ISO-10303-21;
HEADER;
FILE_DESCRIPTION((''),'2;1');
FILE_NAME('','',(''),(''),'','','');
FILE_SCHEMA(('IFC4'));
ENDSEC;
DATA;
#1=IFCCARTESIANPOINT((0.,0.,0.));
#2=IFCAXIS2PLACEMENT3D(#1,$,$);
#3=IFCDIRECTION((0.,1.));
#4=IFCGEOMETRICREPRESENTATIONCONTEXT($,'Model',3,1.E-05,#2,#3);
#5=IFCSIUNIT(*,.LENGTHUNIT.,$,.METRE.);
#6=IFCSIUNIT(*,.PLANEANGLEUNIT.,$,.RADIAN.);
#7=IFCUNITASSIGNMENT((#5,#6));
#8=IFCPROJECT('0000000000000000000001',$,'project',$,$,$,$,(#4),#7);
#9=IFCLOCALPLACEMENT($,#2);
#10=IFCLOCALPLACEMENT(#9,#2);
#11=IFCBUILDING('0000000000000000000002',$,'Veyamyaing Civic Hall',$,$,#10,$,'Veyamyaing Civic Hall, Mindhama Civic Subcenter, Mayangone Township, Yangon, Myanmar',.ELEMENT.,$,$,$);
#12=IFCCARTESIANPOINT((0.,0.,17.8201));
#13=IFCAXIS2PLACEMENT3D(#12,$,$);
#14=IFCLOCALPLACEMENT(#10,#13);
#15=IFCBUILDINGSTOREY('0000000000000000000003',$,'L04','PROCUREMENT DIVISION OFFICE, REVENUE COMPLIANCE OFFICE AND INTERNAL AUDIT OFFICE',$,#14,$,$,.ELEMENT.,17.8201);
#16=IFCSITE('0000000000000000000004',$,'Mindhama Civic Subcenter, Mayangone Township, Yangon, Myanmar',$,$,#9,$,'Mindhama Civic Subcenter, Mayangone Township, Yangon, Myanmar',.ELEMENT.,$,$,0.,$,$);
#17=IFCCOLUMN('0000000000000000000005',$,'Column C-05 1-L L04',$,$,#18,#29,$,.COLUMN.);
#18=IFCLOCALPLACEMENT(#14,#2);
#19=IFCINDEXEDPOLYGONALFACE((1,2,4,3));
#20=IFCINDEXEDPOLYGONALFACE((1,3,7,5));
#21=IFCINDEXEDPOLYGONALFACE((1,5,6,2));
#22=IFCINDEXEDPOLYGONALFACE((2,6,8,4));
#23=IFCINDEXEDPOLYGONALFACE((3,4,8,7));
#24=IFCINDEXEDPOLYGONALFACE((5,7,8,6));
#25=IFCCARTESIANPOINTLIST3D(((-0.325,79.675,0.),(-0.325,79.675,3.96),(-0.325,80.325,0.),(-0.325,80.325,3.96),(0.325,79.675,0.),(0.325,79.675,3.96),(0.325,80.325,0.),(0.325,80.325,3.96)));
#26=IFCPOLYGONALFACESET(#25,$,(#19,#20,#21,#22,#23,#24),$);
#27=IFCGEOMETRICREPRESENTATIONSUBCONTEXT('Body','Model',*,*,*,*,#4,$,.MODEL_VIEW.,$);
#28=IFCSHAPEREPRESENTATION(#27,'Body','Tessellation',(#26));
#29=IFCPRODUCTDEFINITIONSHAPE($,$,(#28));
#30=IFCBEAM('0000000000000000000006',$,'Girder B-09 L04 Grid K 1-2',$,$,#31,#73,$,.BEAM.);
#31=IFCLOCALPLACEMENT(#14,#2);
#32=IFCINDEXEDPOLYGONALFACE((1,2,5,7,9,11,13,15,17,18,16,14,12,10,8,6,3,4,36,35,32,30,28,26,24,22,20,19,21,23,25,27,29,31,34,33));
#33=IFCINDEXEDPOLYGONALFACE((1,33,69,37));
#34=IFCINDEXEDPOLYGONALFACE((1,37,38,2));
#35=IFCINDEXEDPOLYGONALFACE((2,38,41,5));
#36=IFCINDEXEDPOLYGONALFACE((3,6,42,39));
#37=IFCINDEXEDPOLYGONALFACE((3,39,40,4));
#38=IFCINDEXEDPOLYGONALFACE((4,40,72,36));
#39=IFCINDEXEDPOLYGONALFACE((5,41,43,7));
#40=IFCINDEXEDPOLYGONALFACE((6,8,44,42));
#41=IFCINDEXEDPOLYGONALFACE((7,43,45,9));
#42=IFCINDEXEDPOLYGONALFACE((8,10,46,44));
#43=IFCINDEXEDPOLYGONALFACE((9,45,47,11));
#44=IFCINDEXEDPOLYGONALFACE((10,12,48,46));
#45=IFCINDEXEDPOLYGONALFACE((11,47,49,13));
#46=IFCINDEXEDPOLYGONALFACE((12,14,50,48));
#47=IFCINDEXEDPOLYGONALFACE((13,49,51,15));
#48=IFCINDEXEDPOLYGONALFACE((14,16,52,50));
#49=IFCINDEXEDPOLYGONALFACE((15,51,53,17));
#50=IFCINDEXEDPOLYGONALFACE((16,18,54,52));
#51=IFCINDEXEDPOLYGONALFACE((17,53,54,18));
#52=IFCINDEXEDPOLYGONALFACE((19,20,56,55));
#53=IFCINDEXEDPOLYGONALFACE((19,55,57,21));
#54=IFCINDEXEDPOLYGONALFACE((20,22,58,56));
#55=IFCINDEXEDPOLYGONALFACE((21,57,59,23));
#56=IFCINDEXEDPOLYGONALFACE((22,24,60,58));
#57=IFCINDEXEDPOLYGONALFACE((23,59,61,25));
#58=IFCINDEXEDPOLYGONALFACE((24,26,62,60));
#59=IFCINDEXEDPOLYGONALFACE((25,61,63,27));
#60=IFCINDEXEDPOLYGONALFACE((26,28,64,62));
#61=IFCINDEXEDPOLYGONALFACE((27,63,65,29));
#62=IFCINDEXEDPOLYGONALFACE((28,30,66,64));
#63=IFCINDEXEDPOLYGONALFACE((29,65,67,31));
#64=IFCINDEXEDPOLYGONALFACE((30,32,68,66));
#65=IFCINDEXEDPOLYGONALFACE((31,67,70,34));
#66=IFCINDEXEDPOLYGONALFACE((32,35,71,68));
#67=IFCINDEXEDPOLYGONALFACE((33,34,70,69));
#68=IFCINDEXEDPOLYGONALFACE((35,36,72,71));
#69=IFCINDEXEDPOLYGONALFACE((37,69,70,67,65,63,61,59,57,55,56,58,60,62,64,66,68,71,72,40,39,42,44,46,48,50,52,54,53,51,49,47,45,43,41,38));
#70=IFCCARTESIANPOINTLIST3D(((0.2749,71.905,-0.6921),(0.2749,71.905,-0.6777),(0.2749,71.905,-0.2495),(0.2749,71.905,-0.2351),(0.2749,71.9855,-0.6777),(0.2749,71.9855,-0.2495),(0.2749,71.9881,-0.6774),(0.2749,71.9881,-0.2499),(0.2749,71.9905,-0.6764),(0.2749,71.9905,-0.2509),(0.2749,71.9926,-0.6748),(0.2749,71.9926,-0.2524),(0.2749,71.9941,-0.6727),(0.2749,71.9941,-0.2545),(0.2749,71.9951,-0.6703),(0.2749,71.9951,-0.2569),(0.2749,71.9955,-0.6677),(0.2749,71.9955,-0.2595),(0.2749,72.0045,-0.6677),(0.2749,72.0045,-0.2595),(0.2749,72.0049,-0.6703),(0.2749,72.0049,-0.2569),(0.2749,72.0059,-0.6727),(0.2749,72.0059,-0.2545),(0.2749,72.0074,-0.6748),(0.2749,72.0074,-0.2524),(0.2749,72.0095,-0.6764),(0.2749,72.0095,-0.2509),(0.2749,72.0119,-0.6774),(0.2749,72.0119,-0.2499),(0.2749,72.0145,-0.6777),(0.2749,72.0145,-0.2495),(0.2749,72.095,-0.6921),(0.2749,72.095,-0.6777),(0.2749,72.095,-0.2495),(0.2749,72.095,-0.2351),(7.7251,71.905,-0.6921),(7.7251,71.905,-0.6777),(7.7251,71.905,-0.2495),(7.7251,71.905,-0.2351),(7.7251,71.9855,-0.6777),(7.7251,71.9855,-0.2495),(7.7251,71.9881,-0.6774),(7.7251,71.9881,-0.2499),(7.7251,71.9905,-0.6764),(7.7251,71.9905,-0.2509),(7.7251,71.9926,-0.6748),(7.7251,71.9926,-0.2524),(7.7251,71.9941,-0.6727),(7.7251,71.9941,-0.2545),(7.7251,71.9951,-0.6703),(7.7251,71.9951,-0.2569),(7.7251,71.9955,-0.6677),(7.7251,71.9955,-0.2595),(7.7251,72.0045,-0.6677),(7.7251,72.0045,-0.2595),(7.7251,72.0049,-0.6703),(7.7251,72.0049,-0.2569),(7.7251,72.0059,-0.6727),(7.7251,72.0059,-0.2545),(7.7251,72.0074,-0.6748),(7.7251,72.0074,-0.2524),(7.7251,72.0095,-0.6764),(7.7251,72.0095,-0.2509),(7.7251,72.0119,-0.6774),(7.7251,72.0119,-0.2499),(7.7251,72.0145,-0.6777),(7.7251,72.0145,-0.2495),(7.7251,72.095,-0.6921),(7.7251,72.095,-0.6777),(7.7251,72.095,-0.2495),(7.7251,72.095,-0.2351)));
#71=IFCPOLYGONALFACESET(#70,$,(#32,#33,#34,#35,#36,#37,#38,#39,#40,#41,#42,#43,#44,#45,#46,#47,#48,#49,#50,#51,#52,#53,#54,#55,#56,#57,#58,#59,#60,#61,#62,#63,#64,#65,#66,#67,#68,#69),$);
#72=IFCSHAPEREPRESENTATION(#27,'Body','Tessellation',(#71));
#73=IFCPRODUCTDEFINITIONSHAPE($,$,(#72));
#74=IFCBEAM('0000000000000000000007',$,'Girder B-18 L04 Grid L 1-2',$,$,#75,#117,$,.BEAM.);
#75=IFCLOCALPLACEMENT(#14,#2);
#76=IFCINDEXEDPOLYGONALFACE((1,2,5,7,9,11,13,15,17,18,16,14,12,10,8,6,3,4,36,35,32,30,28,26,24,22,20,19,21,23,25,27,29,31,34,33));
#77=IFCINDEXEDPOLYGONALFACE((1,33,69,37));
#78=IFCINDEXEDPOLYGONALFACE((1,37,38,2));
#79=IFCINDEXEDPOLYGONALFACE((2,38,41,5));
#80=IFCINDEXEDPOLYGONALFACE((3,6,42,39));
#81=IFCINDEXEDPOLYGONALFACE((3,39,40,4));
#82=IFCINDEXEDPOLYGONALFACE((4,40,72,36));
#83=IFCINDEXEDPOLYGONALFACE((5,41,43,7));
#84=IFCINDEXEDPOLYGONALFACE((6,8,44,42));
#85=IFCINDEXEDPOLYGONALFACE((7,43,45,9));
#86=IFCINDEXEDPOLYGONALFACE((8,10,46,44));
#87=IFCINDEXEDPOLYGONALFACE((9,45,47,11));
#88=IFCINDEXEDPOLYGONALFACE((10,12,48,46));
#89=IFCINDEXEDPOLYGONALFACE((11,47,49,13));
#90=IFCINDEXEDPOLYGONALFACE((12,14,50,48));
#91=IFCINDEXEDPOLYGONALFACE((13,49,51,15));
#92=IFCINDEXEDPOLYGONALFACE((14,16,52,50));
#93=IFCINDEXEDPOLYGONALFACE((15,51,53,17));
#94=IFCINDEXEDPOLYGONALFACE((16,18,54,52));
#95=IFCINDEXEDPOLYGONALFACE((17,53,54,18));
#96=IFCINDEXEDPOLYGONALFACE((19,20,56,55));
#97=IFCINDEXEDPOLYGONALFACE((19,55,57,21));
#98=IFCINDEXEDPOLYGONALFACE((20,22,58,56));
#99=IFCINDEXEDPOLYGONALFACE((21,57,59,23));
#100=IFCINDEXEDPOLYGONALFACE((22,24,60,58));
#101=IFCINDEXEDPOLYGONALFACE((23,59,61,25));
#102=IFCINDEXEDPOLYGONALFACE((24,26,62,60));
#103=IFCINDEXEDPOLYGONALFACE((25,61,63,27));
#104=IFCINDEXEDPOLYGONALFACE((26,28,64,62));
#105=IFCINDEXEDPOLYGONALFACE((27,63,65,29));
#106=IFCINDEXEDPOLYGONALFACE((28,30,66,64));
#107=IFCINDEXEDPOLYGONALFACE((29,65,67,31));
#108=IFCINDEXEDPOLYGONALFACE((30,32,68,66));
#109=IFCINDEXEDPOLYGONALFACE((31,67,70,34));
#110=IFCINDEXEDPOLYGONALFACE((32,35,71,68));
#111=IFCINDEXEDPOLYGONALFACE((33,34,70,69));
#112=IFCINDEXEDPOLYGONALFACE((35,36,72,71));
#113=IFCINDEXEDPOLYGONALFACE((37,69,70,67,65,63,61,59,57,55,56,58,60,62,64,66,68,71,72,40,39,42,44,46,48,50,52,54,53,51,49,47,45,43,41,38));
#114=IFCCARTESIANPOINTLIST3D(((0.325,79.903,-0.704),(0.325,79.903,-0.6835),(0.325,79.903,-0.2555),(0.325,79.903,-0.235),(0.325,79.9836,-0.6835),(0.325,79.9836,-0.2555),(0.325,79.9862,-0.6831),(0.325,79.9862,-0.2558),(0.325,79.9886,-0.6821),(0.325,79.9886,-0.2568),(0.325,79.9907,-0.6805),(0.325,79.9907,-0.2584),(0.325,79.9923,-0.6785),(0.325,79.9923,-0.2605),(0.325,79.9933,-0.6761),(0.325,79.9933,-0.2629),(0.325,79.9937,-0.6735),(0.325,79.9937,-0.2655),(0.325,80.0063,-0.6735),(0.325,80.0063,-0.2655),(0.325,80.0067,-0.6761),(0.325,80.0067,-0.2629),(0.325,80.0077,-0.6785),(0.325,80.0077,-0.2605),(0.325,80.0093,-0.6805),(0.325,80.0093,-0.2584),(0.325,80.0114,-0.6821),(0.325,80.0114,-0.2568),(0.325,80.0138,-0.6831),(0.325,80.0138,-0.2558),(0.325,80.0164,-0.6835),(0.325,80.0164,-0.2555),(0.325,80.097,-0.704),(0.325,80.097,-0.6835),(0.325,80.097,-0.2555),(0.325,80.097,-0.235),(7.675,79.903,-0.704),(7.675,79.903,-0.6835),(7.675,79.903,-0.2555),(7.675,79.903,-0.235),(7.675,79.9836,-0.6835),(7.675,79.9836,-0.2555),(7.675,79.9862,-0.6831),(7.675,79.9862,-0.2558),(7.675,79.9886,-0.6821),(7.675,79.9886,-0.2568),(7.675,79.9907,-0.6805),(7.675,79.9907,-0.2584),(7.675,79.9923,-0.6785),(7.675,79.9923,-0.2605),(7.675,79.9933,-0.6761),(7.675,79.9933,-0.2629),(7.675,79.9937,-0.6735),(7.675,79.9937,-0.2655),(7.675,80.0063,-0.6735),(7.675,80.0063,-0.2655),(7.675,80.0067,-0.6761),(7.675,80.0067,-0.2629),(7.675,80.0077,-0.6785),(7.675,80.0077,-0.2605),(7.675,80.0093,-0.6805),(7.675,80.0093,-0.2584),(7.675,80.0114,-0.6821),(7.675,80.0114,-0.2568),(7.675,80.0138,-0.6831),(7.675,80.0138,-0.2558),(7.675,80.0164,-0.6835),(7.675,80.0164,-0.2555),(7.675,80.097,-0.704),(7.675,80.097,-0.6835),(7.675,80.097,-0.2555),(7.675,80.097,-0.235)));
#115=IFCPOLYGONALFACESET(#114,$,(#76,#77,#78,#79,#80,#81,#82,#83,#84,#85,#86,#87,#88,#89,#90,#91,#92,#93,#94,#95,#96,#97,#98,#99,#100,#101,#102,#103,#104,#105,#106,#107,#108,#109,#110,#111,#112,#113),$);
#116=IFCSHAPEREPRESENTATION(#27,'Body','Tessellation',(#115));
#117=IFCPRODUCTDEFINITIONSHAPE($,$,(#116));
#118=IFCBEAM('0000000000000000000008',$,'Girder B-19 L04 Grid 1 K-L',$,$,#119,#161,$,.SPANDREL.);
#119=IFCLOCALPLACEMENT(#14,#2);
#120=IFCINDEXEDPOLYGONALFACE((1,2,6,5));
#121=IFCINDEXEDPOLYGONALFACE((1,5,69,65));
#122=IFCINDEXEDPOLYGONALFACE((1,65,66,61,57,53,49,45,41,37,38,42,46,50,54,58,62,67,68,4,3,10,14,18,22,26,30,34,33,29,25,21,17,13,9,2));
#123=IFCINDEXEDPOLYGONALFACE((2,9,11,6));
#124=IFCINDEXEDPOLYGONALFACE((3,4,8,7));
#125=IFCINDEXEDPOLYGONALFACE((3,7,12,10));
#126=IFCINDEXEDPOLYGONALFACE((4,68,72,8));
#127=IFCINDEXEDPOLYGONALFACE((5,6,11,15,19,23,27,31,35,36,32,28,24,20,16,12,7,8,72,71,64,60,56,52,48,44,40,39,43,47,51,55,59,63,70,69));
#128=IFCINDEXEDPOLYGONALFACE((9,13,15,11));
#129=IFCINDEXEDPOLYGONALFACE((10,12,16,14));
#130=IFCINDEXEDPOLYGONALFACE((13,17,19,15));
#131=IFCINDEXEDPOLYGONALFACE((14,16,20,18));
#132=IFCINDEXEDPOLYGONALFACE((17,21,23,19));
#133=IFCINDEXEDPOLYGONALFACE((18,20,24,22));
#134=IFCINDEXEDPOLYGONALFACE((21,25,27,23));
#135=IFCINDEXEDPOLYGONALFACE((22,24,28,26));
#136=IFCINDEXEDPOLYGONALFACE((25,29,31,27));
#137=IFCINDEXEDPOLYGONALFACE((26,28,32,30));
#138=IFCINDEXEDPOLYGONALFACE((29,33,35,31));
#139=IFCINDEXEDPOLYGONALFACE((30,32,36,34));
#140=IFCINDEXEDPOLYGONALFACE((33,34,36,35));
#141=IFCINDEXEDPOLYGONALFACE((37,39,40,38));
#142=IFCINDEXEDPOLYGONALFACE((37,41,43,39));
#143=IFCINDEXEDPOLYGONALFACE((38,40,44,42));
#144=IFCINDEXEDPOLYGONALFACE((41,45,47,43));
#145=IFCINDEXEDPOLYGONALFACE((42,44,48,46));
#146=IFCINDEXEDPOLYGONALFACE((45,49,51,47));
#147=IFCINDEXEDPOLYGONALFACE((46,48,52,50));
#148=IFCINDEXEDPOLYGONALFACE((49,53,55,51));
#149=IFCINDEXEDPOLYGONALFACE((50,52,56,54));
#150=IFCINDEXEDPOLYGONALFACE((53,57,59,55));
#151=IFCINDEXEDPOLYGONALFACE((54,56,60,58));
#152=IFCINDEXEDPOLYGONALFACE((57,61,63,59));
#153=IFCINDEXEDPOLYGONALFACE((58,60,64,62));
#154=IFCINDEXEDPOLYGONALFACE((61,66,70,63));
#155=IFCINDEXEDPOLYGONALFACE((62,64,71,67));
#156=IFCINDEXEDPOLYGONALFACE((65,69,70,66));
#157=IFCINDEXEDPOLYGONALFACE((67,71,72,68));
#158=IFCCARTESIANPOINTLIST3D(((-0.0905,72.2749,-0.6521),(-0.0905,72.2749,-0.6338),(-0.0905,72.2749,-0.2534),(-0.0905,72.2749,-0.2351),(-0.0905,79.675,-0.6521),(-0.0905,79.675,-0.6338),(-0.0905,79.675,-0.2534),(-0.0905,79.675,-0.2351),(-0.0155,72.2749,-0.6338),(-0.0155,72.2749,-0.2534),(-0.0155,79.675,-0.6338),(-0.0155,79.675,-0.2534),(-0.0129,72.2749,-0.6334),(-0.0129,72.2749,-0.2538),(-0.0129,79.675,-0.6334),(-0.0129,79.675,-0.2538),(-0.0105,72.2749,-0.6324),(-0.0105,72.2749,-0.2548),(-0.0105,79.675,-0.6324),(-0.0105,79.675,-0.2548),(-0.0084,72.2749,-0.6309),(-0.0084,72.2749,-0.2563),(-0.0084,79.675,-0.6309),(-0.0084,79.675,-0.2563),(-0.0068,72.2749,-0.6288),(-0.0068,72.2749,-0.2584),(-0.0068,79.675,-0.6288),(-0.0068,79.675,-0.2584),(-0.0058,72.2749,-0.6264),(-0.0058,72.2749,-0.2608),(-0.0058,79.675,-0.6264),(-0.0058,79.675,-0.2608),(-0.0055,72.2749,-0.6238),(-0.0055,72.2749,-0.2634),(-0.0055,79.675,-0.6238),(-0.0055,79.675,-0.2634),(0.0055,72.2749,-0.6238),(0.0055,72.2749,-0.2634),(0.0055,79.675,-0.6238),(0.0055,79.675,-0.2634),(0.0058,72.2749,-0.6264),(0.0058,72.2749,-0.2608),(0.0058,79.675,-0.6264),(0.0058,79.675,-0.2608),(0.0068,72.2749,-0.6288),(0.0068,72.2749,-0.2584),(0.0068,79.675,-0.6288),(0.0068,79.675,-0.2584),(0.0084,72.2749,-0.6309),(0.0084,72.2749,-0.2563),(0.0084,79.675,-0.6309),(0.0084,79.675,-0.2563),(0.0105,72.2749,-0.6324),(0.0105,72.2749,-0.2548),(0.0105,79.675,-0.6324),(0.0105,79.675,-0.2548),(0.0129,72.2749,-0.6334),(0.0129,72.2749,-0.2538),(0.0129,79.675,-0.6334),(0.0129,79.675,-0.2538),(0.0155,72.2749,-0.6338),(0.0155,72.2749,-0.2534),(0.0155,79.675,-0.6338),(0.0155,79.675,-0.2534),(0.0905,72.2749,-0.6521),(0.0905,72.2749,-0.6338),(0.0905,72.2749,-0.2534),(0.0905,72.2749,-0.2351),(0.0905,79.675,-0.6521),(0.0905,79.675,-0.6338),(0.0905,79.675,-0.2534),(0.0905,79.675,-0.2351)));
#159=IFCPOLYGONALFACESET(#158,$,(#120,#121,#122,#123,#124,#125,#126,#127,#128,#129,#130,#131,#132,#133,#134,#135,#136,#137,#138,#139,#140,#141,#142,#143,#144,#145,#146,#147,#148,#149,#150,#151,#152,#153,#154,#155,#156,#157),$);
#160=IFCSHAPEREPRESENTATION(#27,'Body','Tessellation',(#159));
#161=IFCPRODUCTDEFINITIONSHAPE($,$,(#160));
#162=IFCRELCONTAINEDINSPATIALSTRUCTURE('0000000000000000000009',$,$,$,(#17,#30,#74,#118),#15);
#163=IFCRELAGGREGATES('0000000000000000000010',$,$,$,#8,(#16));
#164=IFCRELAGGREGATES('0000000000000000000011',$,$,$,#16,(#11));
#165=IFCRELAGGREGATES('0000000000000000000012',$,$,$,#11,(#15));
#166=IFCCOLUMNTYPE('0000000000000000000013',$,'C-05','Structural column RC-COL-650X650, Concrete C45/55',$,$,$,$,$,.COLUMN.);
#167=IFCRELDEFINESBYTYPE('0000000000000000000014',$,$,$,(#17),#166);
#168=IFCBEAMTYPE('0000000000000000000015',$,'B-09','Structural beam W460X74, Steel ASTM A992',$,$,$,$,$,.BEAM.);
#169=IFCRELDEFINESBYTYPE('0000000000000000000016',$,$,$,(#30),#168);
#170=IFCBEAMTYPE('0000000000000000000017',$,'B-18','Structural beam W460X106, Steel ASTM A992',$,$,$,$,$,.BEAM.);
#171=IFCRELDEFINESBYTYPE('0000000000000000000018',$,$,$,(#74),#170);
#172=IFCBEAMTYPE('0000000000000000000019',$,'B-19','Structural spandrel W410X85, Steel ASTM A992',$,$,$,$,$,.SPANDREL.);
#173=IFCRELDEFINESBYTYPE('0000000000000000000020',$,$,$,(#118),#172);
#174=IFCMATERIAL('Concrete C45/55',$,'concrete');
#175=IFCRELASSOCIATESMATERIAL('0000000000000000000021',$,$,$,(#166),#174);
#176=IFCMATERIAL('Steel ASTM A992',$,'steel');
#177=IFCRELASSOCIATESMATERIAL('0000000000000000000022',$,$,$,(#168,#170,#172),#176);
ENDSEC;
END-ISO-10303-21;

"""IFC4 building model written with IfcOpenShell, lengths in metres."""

from ifc_helpers import new_model, si_unit, direction, frame, origin, origin_2d, place, context, subcontext, project, spatial, rectangle, i_section, extrude, material, material_profile, profile_set, type_object, element, save


model = new_model("IFC4")

# Units and contexts
model_context = context("Model", 3, precision=1e-05, world=origin(), true_north=direction((0.0, 1.0)))
body_context = subcontext(model_context, "Body", "Model", "MODEL_VIEW")
ifc_project = project(units=[si_unit("LENGTHUNIT", "METRE"), si_unit("PLANEANGLEUNIT", "RADIAN")], contexts=[model_context])

# Site, building, storey
site_placement = place(None, origin())
site = spatial("IfcSite", under=ifc_project, at=site_placement, Name="Mindhama Civic Subcenter, Mayangone Township, Yangon, Myanmar", LongName="Mindhama Civic Subcenter, Mayangone Township, Yangon, Myanmar", CompositionType="ELEMENT", RefElevation=0.0)
building_placement = place(site_placement, origin())
building = spatial("IfcBuilding", under=site, at=building_placement, Name="Veyamyaing Civic Hall", LongName="Veyamyaing Civic Hall, Mindhama Civic Subcenter, Mayangone Township, Yangon, Myanmar", CompositionType="ELEMENT")
storey_placement = place(building_placement, frame((0.0, 0.0, 17.8201)))
storey = spatial("IfcBuildingStorey", under=building, at=storey_placement, Name="L04", Description="PROCUREMENT DIVISION OFFICE, REVENUE COMPLIANCE OFFICE AND INTERNAL AUDIT OFFICE", CompositionType="ELEMENT", Elevation=17.8201)

# Column
ifc_material_1 = material(Name="Concrete C45/55", Category="concrete")
ifc_material_profile_1 = material_profile(ifc_material_1, rectangle(XDim=0.6499, YDim=0.6499, at=origin_2d()), Name="RC-COL-650X650")
ifc_profile_set_1 = profile_set([ifc_material_profile_1], Name="Concrete C45/55")
column_type = type_object("IfcColumnType", Name="C-05", Description="Structural column RC-COL-650X650, Concrete C45/55", PredefinedType="COLUMN", material=ifc_profile_set_1)
column_placement = place(storey_placement, frame((0.0, 80.0, 0.0), z_axis=(0.0, 0.0, 1.0), x_axis=(1.0, 0.0, 0.0)))
element("IfcColumn", 1, at=column_placement, inside=storey, type_object=column_type, Name="Column C-05 1-L L04", PredefinedType="COLUMN", context=body_context, shape_type="SweptSolid", body=[
    extrude(rectangle(XDim=0.6499, YDim=0.6499, at=origin_2d()), origin(), (0.0, 0.0, 1.0), 3.96),
])

# Beams
ifc_material_2 = material(Name="Steel ASTM A992", Category="steel")
ifc_material_profile_2 = material_profile(ifc_material_2, i_section(OverallWidth=0.1899, OverallDepth=0.457, WebThickness=0.009, FlangeThickness=0.0144, FilletRadius=0.01, at=origin_2d()), Name="W460X74")
ifc_profile_set_2 = profile_set([ifc_material_profile_2], Name="Steel ASTM A992")
beam_type_1 = type_object("IfcBeamType", Name="B-09", Description="Structural beam W460X74, Steel ASTM A992", PredefinedType="BEAM", material=ifc_profile_set_2)
beam_1_placement = place(storey_placement, frame((0.2749, 72.0, -0.4636), z_axis=(1.0, 0.0, 0.0), x_axis=(0.0, 1.0, 0.0)))
element("IfcBeam", 2, at=beam_1_placement, inside=storey, type_object=beam_type_1, Name="Girder B-09 L04 Grid K 1-2", PredefinedType="BEAM", context=body_context, shape_type="SweptSolid", body=[
    extrude(i_section(OverallWidth=0.1899, OverallDepth=0.457, WebThickness=0.009, FlangeThickness=0.0144, FilletRadius=0.01, at=origin_2d()), origin(), (0.0, 0.0, 1.0), 7.4502),
])
ifc_material_profile_3 = material_profile(ifc_material_2, i_section(OverallWidth=0.1941, OverallDepth=0.469, WebThickness=0.0127, FlangeThickness=0.0205, FilletRadius=0.01, at=origin_2d()), Name="W460X106")
ifc_profile_set_3 = profile_set([ifc_material_profile_3], Name="Steel ASTM A992")
beam_type_2 = type_object("IfcBeamType", Name="B-18", Description="Structural beam W460X106, Steel ASTM A992", PredefinedType="BEAM", material=ifc_profile_set_3)
beam_2_placement = place(storey_placement, frame((0.325, 80.0, -0.4695), z_axis=(1.0, 0.0, 0.0), x_axis=(0.0, 1.0, 0.0)))
element("IfcBeam", 3, at=beam_2_placement, inside=storey, type_object=beam_type_2, Name="Girder B-18 L04 Grid L 1-2", PredefinedType="BEAM", context=body_context, shape_type="SweptSolid", body=[
    extrude(i_section(OverallWidth=0.1941, OverallDepth=0.469, WebThickness=0.0127, FlangeThickness=0.0205, FilletRadius=0.01, at=origin_2d()), origin(), (0.0, 0.0, 1.0), 7.3501),
])
ifc_material_profile_4 = material_profile(ifc_material_2, i_section(OverallWidth=0.1809, OverallDepth=0.417, WebThickness=0.011, FlangeThickness=0.0183, FilletRadius=0.01, at=origin_2d()), Name="W410X85")
ifc_profile_set_4 = profile_set([ifc_material_profile_4], Name="Steel ASTM A992")
beam_type_3 = type_object("IfcBeamType", Name="B-19", Description="Structural spandrel W410X85, Steel ASTM A992", PredefinedType="SPANDREL", material=ifc_profile_set_4)
beam_3_placement = place(storey_placement, frame((0.0, 72.2749, -0.4436), z_axis=(0.0, 1.0, 0.0), x_axis=(-1.0, 0.0, 0.0)))
element("IfcBeam", 4, at=beam_3_placement, inside=storey, type_object=beam_type_3, Name="Girder B-19 L04 Grid 1 K-L", PredefinedType="SPANDREL", context=body_context, shape_type="SweptSolid", body=[
    extrude(i_section(OverallWidth=0.1809, OverallDepth=0.417, WebThickness=0.011, FlangeThickness=0.0183, FilletRadius=0.01, at=origin_2d()), origin(), (0.0, 0.0, 1.0), 7.4001),
])

save(model, "model.ifc")
